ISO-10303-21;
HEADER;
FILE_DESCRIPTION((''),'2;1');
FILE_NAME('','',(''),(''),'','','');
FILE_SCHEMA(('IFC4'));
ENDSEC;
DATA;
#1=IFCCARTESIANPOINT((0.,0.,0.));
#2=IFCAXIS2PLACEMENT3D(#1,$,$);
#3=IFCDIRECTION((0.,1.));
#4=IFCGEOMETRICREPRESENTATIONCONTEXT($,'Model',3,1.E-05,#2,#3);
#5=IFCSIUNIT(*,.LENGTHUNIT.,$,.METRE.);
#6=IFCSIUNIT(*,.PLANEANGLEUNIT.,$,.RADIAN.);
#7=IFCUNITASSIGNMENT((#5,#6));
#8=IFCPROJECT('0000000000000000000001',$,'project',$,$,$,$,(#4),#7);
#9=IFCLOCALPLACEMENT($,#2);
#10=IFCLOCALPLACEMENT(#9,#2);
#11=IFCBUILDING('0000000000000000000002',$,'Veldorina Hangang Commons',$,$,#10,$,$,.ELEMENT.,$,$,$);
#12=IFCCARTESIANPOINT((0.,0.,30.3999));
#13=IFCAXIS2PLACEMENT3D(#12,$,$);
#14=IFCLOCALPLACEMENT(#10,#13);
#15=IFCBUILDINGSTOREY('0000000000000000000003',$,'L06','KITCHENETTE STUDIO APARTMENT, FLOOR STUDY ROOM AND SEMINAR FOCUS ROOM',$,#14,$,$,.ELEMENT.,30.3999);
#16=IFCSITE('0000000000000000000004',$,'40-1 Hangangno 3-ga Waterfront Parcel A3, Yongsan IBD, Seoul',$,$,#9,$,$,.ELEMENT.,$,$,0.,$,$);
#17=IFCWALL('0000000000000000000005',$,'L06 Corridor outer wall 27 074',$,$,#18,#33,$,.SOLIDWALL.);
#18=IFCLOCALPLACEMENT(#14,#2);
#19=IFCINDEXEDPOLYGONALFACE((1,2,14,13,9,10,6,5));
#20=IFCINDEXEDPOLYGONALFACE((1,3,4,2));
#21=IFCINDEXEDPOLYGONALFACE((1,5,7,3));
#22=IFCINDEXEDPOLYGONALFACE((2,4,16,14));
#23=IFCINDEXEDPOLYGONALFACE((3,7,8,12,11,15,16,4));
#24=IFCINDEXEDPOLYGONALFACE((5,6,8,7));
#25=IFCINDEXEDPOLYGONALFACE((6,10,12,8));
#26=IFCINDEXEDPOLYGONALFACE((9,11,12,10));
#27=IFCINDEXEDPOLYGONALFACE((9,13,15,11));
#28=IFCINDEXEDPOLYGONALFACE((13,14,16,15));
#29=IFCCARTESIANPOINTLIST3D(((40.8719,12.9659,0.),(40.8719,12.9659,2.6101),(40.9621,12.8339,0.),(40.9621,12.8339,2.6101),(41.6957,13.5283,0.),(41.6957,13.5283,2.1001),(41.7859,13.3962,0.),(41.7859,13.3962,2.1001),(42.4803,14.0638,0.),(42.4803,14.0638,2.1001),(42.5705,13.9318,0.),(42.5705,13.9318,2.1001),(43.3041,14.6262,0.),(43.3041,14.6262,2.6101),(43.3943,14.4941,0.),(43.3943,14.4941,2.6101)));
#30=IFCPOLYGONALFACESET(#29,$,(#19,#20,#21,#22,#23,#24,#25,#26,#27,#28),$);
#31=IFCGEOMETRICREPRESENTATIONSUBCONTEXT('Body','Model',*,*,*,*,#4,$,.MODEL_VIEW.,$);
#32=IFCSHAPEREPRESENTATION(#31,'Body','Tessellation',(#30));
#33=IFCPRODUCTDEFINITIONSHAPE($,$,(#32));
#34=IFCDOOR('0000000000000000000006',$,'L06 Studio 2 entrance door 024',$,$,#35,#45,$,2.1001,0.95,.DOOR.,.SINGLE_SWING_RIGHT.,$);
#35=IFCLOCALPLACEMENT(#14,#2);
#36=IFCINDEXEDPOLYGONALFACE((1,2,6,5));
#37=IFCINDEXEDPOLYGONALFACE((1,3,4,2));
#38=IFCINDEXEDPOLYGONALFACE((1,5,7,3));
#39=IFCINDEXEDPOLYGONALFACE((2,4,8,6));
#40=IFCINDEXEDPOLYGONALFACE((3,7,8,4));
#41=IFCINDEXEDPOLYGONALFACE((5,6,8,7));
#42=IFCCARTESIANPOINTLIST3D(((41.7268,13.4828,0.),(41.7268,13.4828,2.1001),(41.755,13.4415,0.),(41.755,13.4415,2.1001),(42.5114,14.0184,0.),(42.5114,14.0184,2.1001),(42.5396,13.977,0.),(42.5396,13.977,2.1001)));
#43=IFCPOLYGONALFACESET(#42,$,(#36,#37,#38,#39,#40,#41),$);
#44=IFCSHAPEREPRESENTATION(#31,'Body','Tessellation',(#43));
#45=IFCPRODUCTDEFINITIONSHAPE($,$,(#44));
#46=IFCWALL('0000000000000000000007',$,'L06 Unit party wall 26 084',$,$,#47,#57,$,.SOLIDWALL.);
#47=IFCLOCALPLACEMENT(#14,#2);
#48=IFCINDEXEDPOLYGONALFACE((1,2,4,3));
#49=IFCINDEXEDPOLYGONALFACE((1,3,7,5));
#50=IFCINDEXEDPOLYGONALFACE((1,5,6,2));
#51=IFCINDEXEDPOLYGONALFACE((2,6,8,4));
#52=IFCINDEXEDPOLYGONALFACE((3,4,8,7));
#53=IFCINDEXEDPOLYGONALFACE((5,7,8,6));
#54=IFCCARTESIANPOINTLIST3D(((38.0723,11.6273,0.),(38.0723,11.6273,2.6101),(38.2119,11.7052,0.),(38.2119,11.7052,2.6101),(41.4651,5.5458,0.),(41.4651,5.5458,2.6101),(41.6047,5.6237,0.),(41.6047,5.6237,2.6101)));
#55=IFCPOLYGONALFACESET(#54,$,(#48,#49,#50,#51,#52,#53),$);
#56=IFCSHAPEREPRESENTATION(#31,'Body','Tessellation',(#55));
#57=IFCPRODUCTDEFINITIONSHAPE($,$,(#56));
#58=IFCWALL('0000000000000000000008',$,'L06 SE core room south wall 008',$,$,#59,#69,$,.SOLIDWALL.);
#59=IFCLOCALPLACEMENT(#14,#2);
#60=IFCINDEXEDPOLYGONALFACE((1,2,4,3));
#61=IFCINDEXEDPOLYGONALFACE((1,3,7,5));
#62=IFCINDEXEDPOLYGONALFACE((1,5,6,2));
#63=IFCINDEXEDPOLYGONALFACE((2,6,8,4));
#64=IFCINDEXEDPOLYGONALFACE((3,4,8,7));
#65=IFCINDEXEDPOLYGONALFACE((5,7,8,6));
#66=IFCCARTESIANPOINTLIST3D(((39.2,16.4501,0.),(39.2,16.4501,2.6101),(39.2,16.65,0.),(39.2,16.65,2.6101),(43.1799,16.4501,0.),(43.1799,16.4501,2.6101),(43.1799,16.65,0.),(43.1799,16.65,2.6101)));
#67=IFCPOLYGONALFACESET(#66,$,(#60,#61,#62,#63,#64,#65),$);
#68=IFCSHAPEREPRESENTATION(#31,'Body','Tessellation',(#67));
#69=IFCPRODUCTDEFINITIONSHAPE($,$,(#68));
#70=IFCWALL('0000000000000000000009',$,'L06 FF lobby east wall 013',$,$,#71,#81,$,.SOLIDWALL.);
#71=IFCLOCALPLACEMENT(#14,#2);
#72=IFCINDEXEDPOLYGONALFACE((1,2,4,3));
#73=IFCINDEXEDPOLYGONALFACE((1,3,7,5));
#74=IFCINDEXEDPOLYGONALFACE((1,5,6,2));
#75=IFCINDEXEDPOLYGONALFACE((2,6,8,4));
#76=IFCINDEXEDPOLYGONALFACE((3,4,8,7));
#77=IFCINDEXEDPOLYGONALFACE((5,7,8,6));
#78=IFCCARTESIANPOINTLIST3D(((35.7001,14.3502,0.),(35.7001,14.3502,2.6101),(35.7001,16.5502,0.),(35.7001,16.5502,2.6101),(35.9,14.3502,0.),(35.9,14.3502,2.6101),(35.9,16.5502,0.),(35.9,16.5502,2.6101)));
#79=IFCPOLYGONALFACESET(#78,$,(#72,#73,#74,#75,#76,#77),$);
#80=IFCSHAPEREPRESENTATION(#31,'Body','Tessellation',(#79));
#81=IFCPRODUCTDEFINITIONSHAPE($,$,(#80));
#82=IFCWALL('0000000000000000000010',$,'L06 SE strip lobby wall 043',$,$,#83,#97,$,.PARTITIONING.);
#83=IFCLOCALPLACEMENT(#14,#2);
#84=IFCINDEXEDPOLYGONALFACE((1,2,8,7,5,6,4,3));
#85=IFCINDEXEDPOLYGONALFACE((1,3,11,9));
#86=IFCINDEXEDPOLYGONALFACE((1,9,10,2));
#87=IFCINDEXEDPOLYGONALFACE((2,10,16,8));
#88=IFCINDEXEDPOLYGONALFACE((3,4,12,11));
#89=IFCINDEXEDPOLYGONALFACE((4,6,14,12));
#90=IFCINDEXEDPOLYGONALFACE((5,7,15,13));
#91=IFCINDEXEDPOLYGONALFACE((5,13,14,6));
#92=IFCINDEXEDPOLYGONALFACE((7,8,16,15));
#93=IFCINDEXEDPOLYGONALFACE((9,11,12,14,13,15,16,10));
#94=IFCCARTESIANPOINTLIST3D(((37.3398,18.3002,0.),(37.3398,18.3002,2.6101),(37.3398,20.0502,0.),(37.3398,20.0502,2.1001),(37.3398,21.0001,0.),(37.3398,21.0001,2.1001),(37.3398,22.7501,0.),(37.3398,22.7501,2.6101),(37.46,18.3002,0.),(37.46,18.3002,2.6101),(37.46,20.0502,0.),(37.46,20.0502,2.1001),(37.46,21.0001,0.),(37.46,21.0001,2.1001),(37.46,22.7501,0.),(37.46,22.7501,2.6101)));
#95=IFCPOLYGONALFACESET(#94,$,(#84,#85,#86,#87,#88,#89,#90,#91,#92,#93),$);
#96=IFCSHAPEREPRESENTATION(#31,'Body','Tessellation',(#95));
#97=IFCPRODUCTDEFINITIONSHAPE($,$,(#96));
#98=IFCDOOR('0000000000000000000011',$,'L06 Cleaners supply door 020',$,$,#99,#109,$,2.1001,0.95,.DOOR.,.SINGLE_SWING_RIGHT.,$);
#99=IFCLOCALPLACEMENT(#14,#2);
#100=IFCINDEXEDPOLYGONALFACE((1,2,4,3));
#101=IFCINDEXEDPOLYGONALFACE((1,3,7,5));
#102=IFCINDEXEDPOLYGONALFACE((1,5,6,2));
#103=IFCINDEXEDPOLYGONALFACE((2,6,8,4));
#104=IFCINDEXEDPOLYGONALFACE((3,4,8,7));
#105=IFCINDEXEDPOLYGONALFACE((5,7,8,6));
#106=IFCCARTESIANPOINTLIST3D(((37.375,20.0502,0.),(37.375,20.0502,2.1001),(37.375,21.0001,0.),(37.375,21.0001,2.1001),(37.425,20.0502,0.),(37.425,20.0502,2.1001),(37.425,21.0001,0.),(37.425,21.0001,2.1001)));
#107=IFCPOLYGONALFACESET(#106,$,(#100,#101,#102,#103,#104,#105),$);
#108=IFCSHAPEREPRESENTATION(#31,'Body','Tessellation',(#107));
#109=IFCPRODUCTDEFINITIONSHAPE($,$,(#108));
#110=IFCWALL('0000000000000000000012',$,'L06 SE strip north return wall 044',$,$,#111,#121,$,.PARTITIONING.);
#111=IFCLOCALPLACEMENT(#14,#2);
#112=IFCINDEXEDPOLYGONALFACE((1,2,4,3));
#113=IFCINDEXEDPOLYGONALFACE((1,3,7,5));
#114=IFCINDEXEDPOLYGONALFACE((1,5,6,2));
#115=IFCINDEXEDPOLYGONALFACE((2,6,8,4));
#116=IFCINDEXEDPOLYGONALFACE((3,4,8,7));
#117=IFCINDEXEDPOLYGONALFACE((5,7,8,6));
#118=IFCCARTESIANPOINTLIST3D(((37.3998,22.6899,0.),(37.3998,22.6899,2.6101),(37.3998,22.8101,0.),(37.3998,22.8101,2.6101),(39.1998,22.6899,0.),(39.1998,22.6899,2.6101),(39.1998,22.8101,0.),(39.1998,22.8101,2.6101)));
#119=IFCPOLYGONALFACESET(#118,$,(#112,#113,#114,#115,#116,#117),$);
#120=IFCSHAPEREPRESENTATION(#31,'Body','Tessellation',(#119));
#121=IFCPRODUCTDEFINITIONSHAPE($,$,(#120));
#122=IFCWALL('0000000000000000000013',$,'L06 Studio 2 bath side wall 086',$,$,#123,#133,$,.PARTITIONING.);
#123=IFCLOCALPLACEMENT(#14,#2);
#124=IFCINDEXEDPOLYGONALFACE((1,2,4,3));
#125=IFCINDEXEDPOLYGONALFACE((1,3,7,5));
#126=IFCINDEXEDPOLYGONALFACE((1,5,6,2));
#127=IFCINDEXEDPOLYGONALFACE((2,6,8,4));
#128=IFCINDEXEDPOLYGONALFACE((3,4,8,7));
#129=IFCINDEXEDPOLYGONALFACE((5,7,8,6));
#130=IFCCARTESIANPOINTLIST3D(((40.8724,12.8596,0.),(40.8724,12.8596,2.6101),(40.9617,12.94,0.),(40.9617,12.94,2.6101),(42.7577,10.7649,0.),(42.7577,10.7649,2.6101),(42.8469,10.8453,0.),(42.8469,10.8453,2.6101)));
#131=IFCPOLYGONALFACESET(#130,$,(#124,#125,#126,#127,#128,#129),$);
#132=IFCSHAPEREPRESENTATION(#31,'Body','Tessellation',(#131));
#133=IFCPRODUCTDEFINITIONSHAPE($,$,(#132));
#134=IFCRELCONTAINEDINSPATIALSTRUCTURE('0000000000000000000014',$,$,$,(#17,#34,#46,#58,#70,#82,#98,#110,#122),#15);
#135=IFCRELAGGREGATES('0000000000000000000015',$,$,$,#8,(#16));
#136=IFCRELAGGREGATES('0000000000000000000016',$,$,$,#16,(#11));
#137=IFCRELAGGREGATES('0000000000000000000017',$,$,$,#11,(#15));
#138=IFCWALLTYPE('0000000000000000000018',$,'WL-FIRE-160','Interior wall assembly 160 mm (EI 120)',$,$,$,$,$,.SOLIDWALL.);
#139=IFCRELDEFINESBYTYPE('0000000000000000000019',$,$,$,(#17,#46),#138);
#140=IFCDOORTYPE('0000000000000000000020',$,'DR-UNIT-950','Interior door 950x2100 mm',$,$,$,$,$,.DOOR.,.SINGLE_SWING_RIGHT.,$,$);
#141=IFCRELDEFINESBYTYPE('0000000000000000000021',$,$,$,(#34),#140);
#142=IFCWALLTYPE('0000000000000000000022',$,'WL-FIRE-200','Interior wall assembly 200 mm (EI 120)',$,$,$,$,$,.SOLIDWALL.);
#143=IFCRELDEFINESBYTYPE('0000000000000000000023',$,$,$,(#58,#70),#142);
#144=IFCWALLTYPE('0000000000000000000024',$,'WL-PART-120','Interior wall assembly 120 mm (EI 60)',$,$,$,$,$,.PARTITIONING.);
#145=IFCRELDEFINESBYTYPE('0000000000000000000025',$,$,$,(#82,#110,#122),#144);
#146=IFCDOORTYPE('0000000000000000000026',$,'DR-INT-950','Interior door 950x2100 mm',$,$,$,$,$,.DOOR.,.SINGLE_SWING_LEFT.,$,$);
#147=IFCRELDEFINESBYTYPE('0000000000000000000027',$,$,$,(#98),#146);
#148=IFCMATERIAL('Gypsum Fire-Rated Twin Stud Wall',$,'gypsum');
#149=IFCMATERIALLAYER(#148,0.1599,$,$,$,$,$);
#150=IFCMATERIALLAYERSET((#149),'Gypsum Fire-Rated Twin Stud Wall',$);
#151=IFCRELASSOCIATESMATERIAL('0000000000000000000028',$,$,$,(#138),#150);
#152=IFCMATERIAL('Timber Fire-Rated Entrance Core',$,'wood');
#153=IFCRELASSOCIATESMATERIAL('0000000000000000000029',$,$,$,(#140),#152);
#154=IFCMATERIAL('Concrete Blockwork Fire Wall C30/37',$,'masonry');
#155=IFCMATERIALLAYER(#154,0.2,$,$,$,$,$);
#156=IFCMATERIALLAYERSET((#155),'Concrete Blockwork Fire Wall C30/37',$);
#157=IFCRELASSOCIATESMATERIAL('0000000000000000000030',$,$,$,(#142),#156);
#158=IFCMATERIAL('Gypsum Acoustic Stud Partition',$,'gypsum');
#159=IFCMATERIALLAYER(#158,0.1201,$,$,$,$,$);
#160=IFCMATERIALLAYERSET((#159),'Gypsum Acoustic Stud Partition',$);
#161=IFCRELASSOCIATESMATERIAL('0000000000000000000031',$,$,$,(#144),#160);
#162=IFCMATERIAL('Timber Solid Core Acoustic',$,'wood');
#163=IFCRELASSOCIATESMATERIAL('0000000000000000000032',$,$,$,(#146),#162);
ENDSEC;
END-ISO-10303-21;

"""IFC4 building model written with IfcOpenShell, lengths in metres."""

from ifc_helpers import new_model, si_unit, direction, frame, frame_2d, origin, place, context, subcontext, project, spatial, rectangle, extrude, material, layer, layer_set, type_object, element, fill, save


model = new_model("IFC4")

# Units and contexts
model_context = context("Model", 3, precision=1e-05, world=origin(), true_north=direction((0.0, 1.0)))
body_context = subcontext(model_context, "Body", "Model", "MODEL_VIEW")
ifc_project = project(units=[si_unit("LENGTHUNIT", "METRE"), si_unit("PLANEANGLEUNIT", "RADIAN")], contexts=[model_context])

# Site, building, storey
site_placement = place(None, origin())
site = spatial("IfcSite", under=ifc_project, at=site_placement, Name="40-1 Hangangno 3-ga Waterfront Parcel A3, Yongsan IBD, Seoul", CompositionType="ELEMENT", RefElevation=0.0)
building_placement = place(site_placement, origin())
building = spatial("IfcBuilding", under=site, at=building_placement, Name="Veldorina Hangang Commons", CompositionType="ELEMENT")
storey_placement = place(building_placement, frame((0.0, 0.0, 30.3999)))
storey = spatial("IfcBuildingStorey", under=building, at=storey_placement, Name="L06", Description="KITCHENETTE STUDIO APARTMENT, FLOOR STUDY ROOM AND SEMINAR FOCUS ROOM", CompositionType="ELEMENT", Elevation=30.3999)

# Shared definitions
ifc_material_1 = material(Name="Gypsum Fire-Rated Twin Stud Wall", Category="gypsum")
ifc_layer_1 = layer(ifc_material_1, 0.1599)
ifc_layer_set_1 = layer_set([ifc_layer_1], Name="Gypsum Fire-Rated Twin Stud Wall")
wall_type_1 = type_object("IfcWallType", Name="WL-FIRE-160", Description="Interior wall assembly 160 mm (EI 120)", PredefinedType="SOLIDWALL", material=ifc_layer_set_1)

# Wall, opening, door
wall_1_placement = place(storey_placement, frame((40.917, 12.8999, 0.0), z_axis=(0.0, 0.0, 1.0), x_axis=(0.825929, 0.563774, 0.0)))
wall_1 = element("IfcWall", 1, at=wall_1_placement, inside=storey, type_object=wall_type_1, Name="L06 Corridor outer wall 27 074", PredefinedType="SOLIDWALL", context=body_context, shape_type="SweptSolid", body=[
    extrude(rectangle(XDim=2.9448, YDim=0.1599, at=frame_2d((1.4724, 0.0))), origin(), (0.0, 0.0, 1.0), 2.6101),
])
opening_1_placement = place(wall_1_placement, frame((0.9973, 0.0, 0.0)))
opening_1 = element("IfcOpeningElement", 2, at=opening_1_placement, cuts=wall_1, PredefinedType="OPENING", context=body_context, shape_type="SweptSolid", body=[
    extrude(rectangle(XDim=0.95, YDim=2.1001, at=frame_2d((0.4751, 1.05))), frame((0.0, 0.0898, 0.0), z_axis=(0.0, -1.0, 0.0), x_axis=(1.0, 0.0, 0.0)), (0.0, 0.0, 1.0), 0.1799),
])
ifc_material_2 = material(Name="Timber Fire-Rated Entrance Core", Category="wood")
door_type_1 = type_object("IfcDoorType", Name="DR-UNIT-950", Description="Interior door 950x2100 mm", OperationType="SINGLE_SWING_RIGHT", PredefinedType="DOOR", material=ifc_material_2)
door_1_placement = place(opening_1_placement, origin())
door_1 = element("IfcDoor", 3, at=door_1_placement, inside=storey, type_object=door_type_1, Name="L06 Studio 2 entrance door 024", OperationType="SINGLE_SWING_RIGHT", OverallHeight=2.1001, OverallWidth=0.95, PredefinedType="DOOR", context=body_context, shape_type="SweptSolid", body=[
    extrude(rectangle(XDim=0.95, YDim=2.1001, at=frame_2d((0.4751, 1.05))), frame((0.0, 0.0249, 0.0), z_axis=(0.0, -1.0, 0.0), x_axis=(1.0, 0.0, 0.0)), (0.0, 0.0, 1.0), 0.05),
])
fill(opening_1, door_1)

# Walls
wall_2_placement = place(storey_placement, frame((38.1421, 11.6663, 0.0), z_axis=(0.0, 0.0, 1.0), x_axis=(0.487199, -0.873291, 0.0)))
element("IfcWall", 4, at=wall_2_placement, inside=storey, type_object=wall_type_1, Name="L06 Unit party wall 26 084", PredefinedType="SOLIDWALL", context=body_context, shape_type="SweptSolid", body=[
    extrude(rectangle(XDim=6.9639, YDim=0.1599, at=frame_2d((3.4819, 0.0))), origin(), (0.0, 0.0, 1.0), 2.6101),
])
ifc_material_3 = material(Name="Concrete Blockwork Fire Wall C30/37", Category="masonry")
ifc_layer_2 = layer(ifc_material_3, 0.2)
ifc_layer_set_2 = layer_set([ifc_layer_2], Name="Concrete Blockwork Fire Wall C30/37")
wall_type_2 = type_object("IfcWallType", Name="WL-FIRE-200", Description="Interior wall assembly 200 mm (EI 120)", PredefinedType="SOLIDWALL", material=ifc_layer_set_2)
wall_3_placement = place(storey_placement, frame((39.2, 16.55, 0.0), z_axis=(0.0, 0.0, 1.0), x_axis=(1.0, 0.0, 0.0)))
element("IfcWall", 5, at=wall_3_placement, inside=storey, type_object=wall_type_2, Name="L06 SE core room south wall 008", PredefinedType="SOLIDWALL", context=body_context, shape_type="SweptSolid", body=[
    extrude(rectangle(XDim=3.98, YDim=0.2, at=frame_2d((1.99, 0.0))), origin(), (0.0, 0.0, 1.0), 2.6101),
])
wall_4_placement = place(storey_placement, frame((35.8, 14.3501, 0.0), z_axis=(0.0, 0.0, 1.0), x_axis=(0.0, 1.0, 0.0)))
element("IfcWall", 6, at=wall_4_placement, inside=storey, type_object=wall_type_2, Name="L06 FF lobby east wall 013", PredefinedType="SOLIDWALL", context=body_context, shape_type="SweptSolid", body=[
    extrude(rectangle(XDim=2.2, YDim=0.2, at=frame_2d((1.1001, 0.0))), origin(), (0.0, 0.0, 1.0), 2.6101),
])

# Wall, opening, door
ifc_material_4 = material(Name="Gypsum Acoustic Stud Partition", Category="gypsum")
ifc_layer_3 = layer(ifc_material_4, 0.1201)
ifc_layer_set_3 = layer_set([ifc_layer_3], Name="Gypsum Acoustic Stud Partition")
wall_type_3 = type_object("IfcWallType", Name="WL-PART-120", Description="Interior wall assembly 120 mm (EI 60)", PredefinedType="PARTITIONING", material=ifc_layer_set_3)
wall_5_placement = place(storey_placement, frame((37.3999, 18.3, 0.0), z_axis=(0.0, 0.0, 1.0), x_axis=(0.0, 1.0, 0.0)))
wall_5 = element("IfcWall", 7, at=wall_5_placement, inside=storey, type_object=wall_type_3, Name="L06 SE strip lobby wall 043", PredefinedType="PARTITIONING", context=body_context, shape_type="SweptSolid", body=[
    extrude(rectangle(XDim=4.45, YDim=0.1201, at=frame_2d((2.2251, 0.0))), origin(), (0.0, 0.0, 1.0), 2.6101),
])
opening_2_placement = place(wall_5_placement, frame((1.75, 0.0, 0.0)))
opening_2 = element("IfcOpeningElement", 8, at=opening_2_placement, cuts=wall_5, PredefinedType="OPENING", context=body_context, shape_type="SweptSolid", body=[
    extrude(rectangle(XDim=0.95, YDim=2.1001, at=frame_2d((0.4751, 1.05))), frame((0.0, 0.0701, 0.0), z_axis=(0.0, -1.0, 0.0), x_axis=(1.0, 0.0, 0.0)), (0.0, 0.0, 1.0), 0.1401),
])
ifc_material_5 = material(Name="Timber Solid Core Acoustic", Category="wood")
door_type_2 = type_object("IfcDoorType", Name="DR-INT-950", Description="Interior door 950x2100 mm", OperationType="SINGLE_SWING_LEFT", PredefinedType="DOOR", material=ifc_material_5)
door_2_placement = place(opening_2_placement, origin())
door_2 = element("IfcDoor", 9, at=door_2_placement, inside=storey, type_object=door_type_2, Name="L06 Cleaners supply door 020", OperationType="SINGLE_SWING_RIGHT", OverallHeight=2.1001, OverallWidth=0.95, PredefinedType="DOOR", context=body_context, shape_type="SweptSolid", body=[
    extrude(rectangle(XDim=0.95, YDim=2.1001, at=frame_2d((0.4751, 1.05))), frame((0.0, 0.0249, 0.0), z_axis=(0.0, -1.0, 0.0), x_axis=(1.0, 0.0, 0.0)), (0.0, 0.0, 1.0), 0.05),
])
fill(opening_2, door_2)

# Walls
wall_6_placement = place(storey_placement, frame((37.3999, 22.75, 0.0), z_axis=(0.0, 0.0, 1.0), x_axis=(1.0, 0.0, 0.0)))
element("IfcWall", 10, at=wall_6_placement, inside=storey, type_object=wall_type_3, Name="L06 SE strip north return wall 044", PredefinedType="PARTITIONING", context=body_context, shape_type="SweptSolid", body=[
    extrude(rectangle(XDim=1.8, YDim=0.1201, at=frame_2d((0.8999, 0.0))), origin(), (0.0, 0.0, 1.0), 2.6101),
])
wall_7_placement = place(storey_placement, frame((40.917, 12.8999, 0.0), z_axis=(0.0, 0.0, 1.0), x_axis=(0.668965, -0.743294, 0.0)))
element("IfcWall", 11, at=wall_7_placement, inside=storey, type_object=wall_type_3, Name="L06 Studio 2 bath side wall 086", PredefinedType="PARTITIONING", context=body_context, shape_type="SweptSolid", body=[
    extrude(rectangle(XDim=2.8181, YDim=0.1201, at=frame_2d((1.4092, 0.0))), origin(), (0.0, 0.0, 1.0), 2.6101),
])

save(model, "model.ifc")
